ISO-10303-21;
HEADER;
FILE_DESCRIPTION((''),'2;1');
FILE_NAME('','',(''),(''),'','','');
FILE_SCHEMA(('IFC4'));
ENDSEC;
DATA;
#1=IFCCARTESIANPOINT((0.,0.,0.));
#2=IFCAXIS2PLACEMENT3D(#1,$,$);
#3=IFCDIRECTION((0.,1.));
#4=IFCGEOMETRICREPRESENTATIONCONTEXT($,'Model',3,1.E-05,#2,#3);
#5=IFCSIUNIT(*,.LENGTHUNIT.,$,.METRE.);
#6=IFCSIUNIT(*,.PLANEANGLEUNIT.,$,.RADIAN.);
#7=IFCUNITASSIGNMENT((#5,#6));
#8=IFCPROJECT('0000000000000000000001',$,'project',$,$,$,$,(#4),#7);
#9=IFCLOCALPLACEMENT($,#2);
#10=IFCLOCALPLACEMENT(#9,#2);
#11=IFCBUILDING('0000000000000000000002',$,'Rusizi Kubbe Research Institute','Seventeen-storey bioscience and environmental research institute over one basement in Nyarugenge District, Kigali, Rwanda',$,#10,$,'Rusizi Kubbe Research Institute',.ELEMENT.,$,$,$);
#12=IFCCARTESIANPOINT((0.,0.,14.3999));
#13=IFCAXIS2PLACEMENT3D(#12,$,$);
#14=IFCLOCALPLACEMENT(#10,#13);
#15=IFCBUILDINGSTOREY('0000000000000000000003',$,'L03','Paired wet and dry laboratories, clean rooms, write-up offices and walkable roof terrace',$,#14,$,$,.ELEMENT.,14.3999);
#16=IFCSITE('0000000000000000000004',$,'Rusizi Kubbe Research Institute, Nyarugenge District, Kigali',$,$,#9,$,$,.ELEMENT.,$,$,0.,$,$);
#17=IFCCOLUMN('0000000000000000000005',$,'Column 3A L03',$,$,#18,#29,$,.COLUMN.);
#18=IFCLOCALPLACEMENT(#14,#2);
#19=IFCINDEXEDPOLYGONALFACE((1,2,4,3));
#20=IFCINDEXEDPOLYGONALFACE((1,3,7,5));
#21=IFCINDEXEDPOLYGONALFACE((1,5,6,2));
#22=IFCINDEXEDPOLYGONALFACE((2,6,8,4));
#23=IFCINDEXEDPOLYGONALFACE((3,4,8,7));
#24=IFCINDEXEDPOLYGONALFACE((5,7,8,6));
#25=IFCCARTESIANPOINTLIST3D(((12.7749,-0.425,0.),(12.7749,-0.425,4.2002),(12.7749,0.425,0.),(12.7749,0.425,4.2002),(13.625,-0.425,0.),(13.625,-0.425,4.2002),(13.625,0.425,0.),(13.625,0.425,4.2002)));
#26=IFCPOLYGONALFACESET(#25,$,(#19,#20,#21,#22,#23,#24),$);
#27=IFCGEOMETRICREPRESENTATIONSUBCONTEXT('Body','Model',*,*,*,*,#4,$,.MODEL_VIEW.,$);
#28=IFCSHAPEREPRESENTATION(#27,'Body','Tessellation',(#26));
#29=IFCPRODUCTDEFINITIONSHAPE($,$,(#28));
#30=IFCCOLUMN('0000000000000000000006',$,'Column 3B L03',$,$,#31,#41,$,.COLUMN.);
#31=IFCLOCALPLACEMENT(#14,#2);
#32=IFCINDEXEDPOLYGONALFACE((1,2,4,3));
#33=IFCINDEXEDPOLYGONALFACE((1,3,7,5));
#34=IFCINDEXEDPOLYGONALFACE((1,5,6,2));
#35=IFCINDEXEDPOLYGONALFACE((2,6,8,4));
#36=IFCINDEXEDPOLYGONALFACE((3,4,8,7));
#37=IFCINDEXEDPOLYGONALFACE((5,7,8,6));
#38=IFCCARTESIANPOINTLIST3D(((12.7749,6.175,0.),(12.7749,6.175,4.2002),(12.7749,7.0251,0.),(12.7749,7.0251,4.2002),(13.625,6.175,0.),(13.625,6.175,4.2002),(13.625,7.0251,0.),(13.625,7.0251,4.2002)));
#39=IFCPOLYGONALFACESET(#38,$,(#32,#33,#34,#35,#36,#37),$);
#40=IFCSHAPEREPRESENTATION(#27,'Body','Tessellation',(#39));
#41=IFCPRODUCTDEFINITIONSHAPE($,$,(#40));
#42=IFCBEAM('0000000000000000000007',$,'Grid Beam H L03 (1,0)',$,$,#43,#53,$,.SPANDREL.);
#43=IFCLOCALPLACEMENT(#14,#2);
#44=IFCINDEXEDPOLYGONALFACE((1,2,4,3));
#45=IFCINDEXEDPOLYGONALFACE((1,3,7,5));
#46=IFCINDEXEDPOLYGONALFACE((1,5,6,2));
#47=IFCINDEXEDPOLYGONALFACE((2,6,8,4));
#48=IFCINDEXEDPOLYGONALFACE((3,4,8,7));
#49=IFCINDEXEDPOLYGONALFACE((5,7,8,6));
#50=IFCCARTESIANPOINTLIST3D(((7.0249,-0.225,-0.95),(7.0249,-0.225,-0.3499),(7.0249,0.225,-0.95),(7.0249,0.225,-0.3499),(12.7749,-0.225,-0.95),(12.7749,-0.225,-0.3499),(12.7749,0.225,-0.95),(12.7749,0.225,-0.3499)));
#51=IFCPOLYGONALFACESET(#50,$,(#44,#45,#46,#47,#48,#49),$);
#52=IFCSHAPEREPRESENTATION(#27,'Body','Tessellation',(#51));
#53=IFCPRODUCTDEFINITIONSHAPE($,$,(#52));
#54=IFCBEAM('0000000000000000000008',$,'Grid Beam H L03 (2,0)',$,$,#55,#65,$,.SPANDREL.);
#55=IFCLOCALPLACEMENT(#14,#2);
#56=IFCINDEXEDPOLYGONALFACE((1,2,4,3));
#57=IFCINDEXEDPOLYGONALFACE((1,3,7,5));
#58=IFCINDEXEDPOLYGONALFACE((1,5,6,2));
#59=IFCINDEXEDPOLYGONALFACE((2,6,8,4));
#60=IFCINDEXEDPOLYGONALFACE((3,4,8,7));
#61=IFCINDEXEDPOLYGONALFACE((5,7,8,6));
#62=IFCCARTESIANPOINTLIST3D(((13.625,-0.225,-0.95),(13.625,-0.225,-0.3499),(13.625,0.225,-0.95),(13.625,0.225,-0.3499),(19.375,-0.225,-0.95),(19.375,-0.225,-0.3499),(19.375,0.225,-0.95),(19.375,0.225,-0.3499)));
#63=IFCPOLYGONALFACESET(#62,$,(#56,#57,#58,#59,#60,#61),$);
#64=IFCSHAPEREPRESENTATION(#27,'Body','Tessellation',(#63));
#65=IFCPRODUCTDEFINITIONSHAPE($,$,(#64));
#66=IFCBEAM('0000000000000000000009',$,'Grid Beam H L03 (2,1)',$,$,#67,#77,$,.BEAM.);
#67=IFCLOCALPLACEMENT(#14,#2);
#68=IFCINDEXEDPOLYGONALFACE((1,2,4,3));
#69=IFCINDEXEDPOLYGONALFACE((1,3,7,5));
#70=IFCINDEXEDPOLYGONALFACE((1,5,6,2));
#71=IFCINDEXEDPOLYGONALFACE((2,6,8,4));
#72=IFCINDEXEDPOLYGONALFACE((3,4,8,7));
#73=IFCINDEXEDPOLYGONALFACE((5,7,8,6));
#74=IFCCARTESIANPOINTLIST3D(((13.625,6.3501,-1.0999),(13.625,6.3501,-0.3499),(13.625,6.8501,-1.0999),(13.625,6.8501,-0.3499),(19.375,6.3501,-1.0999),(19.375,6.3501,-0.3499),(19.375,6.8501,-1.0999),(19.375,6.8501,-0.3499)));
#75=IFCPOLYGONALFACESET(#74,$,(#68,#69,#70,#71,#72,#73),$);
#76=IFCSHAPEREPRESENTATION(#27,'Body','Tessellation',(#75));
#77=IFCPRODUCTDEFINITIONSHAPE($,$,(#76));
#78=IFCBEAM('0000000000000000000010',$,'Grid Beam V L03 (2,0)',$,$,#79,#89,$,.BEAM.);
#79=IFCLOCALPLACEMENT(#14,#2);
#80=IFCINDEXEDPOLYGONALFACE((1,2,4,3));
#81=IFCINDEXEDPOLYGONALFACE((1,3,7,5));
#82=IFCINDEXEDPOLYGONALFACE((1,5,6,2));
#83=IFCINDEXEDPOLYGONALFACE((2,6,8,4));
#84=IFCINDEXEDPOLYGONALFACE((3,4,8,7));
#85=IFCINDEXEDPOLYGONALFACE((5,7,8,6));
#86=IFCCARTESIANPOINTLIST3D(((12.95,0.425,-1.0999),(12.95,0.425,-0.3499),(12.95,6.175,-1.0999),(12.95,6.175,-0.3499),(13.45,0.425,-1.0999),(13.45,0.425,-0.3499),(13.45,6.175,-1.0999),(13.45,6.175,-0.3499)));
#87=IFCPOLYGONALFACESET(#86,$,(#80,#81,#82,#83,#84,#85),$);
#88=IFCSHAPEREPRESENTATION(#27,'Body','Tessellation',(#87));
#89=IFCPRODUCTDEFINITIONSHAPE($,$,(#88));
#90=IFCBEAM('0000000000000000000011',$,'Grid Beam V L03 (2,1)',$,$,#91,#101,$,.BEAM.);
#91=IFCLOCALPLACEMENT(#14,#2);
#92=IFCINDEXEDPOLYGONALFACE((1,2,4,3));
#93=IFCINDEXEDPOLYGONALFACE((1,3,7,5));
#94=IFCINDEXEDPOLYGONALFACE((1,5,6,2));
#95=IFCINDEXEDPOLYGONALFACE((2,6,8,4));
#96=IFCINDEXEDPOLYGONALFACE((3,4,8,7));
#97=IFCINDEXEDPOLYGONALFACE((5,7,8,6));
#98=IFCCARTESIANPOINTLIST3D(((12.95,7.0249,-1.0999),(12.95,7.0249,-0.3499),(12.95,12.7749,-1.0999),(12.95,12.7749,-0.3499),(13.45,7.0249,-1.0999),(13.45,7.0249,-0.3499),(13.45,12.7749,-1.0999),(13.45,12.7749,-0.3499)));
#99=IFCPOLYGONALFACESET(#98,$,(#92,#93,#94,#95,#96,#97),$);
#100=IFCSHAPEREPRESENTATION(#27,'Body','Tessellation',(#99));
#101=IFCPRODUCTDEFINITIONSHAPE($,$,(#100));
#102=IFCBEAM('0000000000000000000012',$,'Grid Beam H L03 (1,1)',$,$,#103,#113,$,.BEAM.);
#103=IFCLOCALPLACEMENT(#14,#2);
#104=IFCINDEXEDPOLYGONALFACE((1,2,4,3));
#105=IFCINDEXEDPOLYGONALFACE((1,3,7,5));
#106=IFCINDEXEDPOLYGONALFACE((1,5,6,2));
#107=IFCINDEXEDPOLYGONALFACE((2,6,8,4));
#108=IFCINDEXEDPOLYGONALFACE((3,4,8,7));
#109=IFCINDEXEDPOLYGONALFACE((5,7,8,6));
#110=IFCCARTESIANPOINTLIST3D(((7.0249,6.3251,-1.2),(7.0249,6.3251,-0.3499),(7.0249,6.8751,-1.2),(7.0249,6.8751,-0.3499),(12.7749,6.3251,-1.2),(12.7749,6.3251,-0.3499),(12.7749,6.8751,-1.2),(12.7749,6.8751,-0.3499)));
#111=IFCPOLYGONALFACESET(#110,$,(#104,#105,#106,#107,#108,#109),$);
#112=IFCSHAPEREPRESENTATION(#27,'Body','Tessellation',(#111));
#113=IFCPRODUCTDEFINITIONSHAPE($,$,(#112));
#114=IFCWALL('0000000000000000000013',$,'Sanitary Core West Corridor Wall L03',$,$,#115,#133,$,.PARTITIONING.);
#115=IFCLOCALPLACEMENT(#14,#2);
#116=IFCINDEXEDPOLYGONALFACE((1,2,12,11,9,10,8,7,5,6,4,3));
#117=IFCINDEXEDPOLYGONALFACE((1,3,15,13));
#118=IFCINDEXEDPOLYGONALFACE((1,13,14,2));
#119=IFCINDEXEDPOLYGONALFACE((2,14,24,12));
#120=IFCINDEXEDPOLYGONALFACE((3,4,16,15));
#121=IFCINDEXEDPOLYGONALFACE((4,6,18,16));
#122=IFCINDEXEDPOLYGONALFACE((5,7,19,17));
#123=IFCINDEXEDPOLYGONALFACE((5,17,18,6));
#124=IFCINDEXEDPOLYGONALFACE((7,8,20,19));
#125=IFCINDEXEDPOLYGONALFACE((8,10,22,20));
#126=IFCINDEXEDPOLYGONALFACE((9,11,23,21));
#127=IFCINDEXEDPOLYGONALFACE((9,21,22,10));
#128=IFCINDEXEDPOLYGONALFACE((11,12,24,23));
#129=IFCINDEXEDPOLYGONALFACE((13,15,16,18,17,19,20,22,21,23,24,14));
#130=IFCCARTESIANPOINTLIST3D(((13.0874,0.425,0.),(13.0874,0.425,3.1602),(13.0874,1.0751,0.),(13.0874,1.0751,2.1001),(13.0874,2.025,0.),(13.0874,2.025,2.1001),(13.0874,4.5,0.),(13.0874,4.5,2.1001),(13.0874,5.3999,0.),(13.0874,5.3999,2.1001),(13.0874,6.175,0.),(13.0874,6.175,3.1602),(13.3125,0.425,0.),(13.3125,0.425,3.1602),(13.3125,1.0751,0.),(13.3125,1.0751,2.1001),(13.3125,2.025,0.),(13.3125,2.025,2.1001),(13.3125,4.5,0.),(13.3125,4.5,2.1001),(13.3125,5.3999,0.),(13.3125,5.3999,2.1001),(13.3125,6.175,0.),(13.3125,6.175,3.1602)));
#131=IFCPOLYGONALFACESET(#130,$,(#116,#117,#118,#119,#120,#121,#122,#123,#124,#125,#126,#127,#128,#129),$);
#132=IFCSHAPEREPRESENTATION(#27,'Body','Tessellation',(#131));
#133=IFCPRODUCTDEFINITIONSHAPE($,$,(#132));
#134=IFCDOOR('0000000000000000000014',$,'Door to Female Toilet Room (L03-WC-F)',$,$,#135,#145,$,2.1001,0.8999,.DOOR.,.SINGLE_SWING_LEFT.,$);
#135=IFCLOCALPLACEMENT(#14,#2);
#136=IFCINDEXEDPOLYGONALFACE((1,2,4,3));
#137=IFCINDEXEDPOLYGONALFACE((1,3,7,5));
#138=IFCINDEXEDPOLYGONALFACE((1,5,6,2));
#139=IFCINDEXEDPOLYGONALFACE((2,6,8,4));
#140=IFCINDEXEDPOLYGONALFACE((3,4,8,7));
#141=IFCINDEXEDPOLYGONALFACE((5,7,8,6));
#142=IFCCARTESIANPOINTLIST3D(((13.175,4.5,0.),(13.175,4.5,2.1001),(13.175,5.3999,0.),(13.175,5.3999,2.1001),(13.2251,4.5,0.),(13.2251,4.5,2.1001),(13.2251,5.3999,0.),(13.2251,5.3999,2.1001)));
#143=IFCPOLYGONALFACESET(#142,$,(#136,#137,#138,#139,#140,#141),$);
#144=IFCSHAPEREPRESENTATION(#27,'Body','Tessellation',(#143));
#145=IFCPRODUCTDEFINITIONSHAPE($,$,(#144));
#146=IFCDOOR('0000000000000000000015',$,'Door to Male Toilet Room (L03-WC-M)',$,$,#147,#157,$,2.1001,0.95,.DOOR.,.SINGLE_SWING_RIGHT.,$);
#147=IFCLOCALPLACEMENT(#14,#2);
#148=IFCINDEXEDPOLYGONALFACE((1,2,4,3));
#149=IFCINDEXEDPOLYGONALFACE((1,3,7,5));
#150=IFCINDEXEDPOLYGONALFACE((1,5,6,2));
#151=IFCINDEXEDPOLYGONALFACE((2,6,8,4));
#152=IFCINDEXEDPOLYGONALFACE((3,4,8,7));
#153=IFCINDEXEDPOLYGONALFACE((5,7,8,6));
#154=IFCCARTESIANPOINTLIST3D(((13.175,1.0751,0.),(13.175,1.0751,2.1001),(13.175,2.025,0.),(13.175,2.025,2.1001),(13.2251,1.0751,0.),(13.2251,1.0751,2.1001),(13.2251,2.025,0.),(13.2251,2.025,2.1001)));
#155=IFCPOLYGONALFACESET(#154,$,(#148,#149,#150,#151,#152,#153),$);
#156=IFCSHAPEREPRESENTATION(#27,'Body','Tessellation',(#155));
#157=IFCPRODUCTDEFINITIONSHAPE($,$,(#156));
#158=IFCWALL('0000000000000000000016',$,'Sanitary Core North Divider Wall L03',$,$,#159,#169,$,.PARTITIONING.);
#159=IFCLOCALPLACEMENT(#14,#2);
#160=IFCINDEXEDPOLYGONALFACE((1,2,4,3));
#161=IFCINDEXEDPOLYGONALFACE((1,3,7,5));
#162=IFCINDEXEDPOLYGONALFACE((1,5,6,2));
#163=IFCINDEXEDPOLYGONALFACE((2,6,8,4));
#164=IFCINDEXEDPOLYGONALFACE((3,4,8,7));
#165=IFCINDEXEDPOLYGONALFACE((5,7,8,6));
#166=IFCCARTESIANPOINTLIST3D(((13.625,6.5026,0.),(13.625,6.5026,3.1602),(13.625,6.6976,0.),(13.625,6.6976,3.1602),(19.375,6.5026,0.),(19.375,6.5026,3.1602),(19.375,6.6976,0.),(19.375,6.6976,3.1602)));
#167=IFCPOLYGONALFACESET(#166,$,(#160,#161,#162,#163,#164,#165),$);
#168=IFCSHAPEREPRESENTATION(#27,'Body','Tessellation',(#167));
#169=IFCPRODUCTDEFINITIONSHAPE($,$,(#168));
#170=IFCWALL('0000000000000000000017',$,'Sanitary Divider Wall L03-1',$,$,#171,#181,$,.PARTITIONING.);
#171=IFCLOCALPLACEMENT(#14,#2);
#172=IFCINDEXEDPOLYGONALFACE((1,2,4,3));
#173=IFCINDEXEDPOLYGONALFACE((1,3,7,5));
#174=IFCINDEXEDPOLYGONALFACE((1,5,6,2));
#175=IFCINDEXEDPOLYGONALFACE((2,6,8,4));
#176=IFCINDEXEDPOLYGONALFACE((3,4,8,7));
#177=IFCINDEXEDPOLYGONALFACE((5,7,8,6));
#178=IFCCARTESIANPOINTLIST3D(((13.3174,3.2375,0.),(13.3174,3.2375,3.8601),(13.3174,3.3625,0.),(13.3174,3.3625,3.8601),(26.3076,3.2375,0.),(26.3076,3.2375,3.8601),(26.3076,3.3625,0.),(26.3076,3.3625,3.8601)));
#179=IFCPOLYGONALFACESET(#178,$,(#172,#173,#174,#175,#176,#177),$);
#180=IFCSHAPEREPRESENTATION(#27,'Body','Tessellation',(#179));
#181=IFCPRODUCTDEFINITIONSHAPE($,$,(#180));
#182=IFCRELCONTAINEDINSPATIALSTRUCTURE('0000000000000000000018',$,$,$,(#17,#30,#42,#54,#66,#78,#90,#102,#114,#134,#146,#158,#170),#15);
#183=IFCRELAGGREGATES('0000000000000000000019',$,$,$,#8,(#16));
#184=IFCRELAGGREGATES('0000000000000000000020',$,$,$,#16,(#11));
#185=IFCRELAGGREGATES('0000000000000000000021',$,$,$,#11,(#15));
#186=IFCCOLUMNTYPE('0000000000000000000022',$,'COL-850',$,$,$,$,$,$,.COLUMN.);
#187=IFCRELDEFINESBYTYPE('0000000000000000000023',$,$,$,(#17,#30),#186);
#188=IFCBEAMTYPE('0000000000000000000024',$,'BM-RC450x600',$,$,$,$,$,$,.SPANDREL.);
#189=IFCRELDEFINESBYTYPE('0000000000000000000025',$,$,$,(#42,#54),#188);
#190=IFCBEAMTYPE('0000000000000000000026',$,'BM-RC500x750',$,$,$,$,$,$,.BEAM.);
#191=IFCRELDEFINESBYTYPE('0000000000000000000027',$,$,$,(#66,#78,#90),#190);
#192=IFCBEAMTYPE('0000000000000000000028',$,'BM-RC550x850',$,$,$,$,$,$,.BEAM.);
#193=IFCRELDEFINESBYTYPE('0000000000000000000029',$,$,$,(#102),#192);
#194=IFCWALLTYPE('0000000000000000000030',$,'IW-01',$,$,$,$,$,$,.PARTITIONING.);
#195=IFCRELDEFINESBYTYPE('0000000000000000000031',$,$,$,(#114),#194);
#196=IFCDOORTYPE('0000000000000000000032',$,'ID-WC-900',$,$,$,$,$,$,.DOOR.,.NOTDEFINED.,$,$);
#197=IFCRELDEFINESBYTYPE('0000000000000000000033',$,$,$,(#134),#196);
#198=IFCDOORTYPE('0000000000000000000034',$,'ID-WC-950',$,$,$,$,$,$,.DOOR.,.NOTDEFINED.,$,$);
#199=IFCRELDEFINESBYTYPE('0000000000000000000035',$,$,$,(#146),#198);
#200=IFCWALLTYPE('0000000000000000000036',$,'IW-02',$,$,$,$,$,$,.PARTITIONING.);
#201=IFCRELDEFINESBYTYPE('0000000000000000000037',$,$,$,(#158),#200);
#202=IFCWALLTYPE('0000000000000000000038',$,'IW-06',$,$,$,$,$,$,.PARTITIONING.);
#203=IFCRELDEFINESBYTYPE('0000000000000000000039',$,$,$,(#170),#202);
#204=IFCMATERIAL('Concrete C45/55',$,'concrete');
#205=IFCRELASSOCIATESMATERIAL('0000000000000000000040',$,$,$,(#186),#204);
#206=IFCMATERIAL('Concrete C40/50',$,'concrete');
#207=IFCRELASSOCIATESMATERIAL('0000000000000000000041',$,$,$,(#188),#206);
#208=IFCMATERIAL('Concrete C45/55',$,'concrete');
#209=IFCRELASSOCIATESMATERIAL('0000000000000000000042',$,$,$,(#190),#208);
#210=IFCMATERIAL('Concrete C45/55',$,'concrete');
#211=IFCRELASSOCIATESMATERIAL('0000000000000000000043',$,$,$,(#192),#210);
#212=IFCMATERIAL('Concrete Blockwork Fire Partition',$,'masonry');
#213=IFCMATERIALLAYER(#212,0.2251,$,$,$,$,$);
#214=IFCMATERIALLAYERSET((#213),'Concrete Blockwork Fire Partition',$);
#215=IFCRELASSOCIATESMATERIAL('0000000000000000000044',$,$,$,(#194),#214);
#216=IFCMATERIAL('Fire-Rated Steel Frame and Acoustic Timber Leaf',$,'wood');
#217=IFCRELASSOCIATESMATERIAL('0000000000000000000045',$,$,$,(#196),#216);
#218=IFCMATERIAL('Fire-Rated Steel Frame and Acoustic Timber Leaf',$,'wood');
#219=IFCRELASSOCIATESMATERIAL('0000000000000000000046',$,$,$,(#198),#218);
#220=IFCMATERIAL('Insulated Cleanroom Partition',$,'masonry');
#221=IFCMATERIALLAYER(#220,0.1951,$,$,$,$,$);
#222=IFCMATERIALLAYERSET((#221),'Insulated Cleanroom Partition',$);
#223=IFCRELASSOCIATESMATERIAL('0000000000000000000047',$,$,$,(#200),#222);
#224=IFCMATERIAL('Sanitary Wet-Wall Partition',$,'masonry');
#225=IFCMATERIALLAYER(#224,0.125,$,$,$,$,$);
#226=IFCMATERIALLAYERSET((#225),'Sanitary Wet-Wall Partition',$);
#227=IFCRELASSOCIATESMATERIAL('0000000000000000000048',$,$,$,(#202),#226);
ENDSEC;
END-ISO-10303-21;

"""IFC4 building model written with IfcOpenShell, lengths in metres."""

from ifc_helpers import new_model, si_unit, direction, frame, frame_2d, origin, origin_2d, place, context, subcontext, project, spatial, rectangle, extrude, material, layer, layer_set, material_profile, profile_set, type_object, element, fill, save


model = new_model("IFC4")

# Units and contexts
model_context = context("Model", 3, precision=1e-05, world=origin(), true_north=direction((0.0, 1.0)))
body_context = subcontext(model_context, "Body", "Model", "MODEL_VIEW")
ifc_project = project(units=[si_unit("LENGTHUNIT", "METRE"), si_unit("PLANEANGLEUNIT", "RADIAN")], contexts=[model_context])

# Site, building, storey
site_placement = place(None, origin())
site = spatial("IfcSite", under=ifc_project, at=site_placement, Name="Rusizi Kubbe Research Institute, Nyarugenge District, Kigali", CompositionType="ELEMENT", RefElevation=0.0)
building_placement = place(site_placement, origin())
building = spatial("IfcBuilding", under=site, at=building_placement, Name="Rusizi Kubbe Research Institute", Description="Seventeen-storey bioscience and environmental research institute over one basement in Nyarugenge District, Kigali, Rwanda", LongName="Rusizi Kubbe Research Institute", CompositionType="ELEMENT")
storey_placement = place(building_placement, frame((0.0, 0.0, 14.3999)))
storey = spatial("IfcBuildingStorey", under=building, at=storey_placement, Name="L03", Description="Paired wet and dry laboratories, clean rooms, write-up offices and walkable roof terrace", CompositionType="ELEMENT", Elevation=14.3999)

# Columns
ifc_material_1 = material(Name="Concrete C45/55", Category="concrete")
ifc_material_profile_1 = material_profile(ifc_material_1, rectangle(XDim=0.8501, YDim=0.8501, at=origin_2d()), Name="RC850x850")
ifc_profile_set_1 = profile_set([ifc_material_profile_1], Name="Concrete C45/55")
column_type = type_object("IfcColumnType", Name="COL-850", PredefinedType="COLUMN", material=ifc_profile_set_1)
for number, where, z_axis, x_axis, name in (
    (1, (13.2, 0.0, 0.0), (0.0, 0.0, 1.0), (1.0, 0.0, 0.0), "Column 3A L03"),
    (2, (13.2, 6.6001, 0.0), (0.0, 0.0, 1.0), (1.0, 0.0, 0.0), "Column 3B L03"),
):
    element("IfcColumn", number, at=place(storey_placement, frame(where, z_axis=z_axis, x_axis=x_axis)), inside=storey, type_object=column_type, Name=name, PredefinedType="COLUMN", context=body_context, shape_type="SweptSolid", body=[
        extrude(rectangle(XDim=0.8501, YDim=0.8501, at=origin_2d()), origin(), (0.0, 0.0, 1.0), 4.2002),
    ])

# Beams
ifc_material_2 = material(Name="Concrete C40/50", Category="concrete")
ifc_material_profile_2 = material_profile(ifc_material_2, rectangle(XDim=0.45, YDim=0.6001, at=origin_2d()), Name="RC450x600")
ifc_profile_set_2 = profile_set([ifc_material_profile_2], Name="Concrete C40/50")
beam_type_1 = type_object("IfcBeamType", Name="BM-RC450x600", PredefinedType="SPANDREL", material=ifc_profile_set_2)
for number, where, z_axis, x_axis, name in (
    (3, (7.0249, 0.0, -0.6499), (1.0, 0.0, 0.0), (0.0, 1.0, 0.0), "Grid Beam H L03 (1,0)"),
    (4, (13.625, 0.0, -0.6499), (1.0, 0.0, 0.0), (0.0, 1.0, 0.0), "Grid Beam H L03 (2,0)"),
):
    element("IfcBeam", number, at=place(storey_placement, frame(where, z_axis=z_axis, x_axis=x_axis)), inside=storey, type_object=beam_type_1, Name=name, PredefinedType="SPANDREL", context=body_context, shape_type="SweptSolid", body=[
        extrude(rectangle(XDim=0.45, YDim=0.6001, at=origin_2d()), origin(), (0.0, 0.0, 1.0), 5.75),
    ])
ifc_material_3 = material(Name="Concrete C45/55", Category="concrete")
ifc_material_profile_3 = material_profile(ifc_material_3, rectangle(XDim=0.5, YDim=0.75, at=origin_2d()), Name="RC500x750B")
ifc_profile_set_3 = profile_set([ifc_material_profile_3], Name="Concrete C45/55")
beam_type_2 = type_object("IfcBeamType", Name="BM-RC500x750", PredefinedType="BEAM", material=ifc_profile_set_3)
for number, where, z_axis, x_axis, name in (
    (5, (13.625, 6.6001, -0.7249), (1.0, 0.0, 0.0), (0.0, 1.0, 0.0), "Grid Beam H L03 (2,1)"),
    (6, (13.2, 0.425, -0.7249), (0.0, 1.0, 0.0), (-1.0, 0.0, 0.0), "Grid Beam V L03 (2,0)"),
    (7, (13.2, 7.0249, -0.7249), (0.0, 1.0, 0.0), (-1.0, 0.0, 0.0), "Grid Beam V L03 (2,1)"),
):
    element("IfcBeam", number, at=place(storey_placement, frame(where, z_axis=z_axis, x_axis=x_axis)), inside=storey, type_object=beam_type_2, Name=name, PredefinedType="BEAM", context=body_context, shape_type="SweptSolid", body=[
        extrude(rectangle(XDim=0.5, YDim=0.75, at=origin_2d()), origin(), (0.0, 0.0, 1.0), 5.75),
    ])
ifc_material_4 = material(Name="Concrete C45/55", Category="concrete")
ifc_material_profile_4 = material_profile(ifc_material_4, rectangle(XDim=0.55, YDim=0.8501, at=origin_2d()), Name="RC550x850")
ifc_profile_set_4 = profile_set([ifc_material_profile_4], Name="Concrete C45/55")
beam_type_3 = type_object("IfcBeamType", Name="BM-RC550x850", PredefinedType="BEAM", material=ifc_profile_set_4)
beam_placement = place(storey_placement, frame((7.0249, 6.6001, -0.7749), z_axis=(1.0, 0.0, 0.0), x_axis=(0.0, 1.0, 0.0)))
element("IfcBeam", 8, at=beam_placement, inside=storey, type_object=beam_type_3, Name="Grid Beam H L03 (1,1)", PredefinedType="BEAM", context=body_context, shape_type="SweptSolid", body=[
    extrude(rectangle(XDim=0.55, YDim=0.8501, at=origin_2d()), origin(), (0.0, 0.0, 1.0), 5.75),
])

# Wall, openings, doors
ifc_material_5 = material(Name="Concrete Blockwork Fire Partition", Category="masonry")
ifc_layer_1 = layer(ifc_material_5, 0.2251)
ifc_layer_set_1 = layer_set([ifc_layer_1], Name="Concrete Blockwork Fire Partition")
wall_type_1 = type_object("IfcWallType", Name="IW-01", PredefinedType="PARTITIONING", material=ifc_layer_set_1)
wall_1_placement = place(storey_placement, frame((13.2, 0.425, 0.0), z_axis=(0.0, 0.0, 1.0), x_axis=(0.0, 1.0, 0.0)))
wall_1 = element("IfcWall", 9, at=wall_1_placement, inside=storey, type_object=wall_type_1, Name="Sanitary Core West Corridor Wall L03", PredefinedType="PARTITIONING", context=body_context, shape_type="SweptSolid", body=[
    extrude(rectangle(XDim=5.75, YDim=0.2251, at=frame_2d((2.875, 0.0))), origin(), (0.0, 0.0, 1.0), 3.1602),
])
opening_1_placement = place(wall_1_placement, frame((0.6499, 0.0, 0.0)))
opening_1 = element("IfcOpeningElement", 10, at=opening_1_placement, cuts=wall_1, PredefinedType="OPENING", context=body_context, shape_type="SweptSolid", body=[
    extrude(rectangle(XDim=0.95, YDim=2.1001, at=frame_2d((0.4751, 1.05))), frame((0.0, 0.1226, 0.0), z_axis=(0.0, -1.0, 0.0), x_axis=(1.0, 0.0, 0.0)), (0.0, 0.0, 1.0), 0.2451),
])
opening_2_placement = place(wall_1_placement, frame((4.075, 0.0, 0.0)))
opening_2 = element("IfcOpeningElement", 11, at=opening_2_placement, cuts=wall_1, PredefinedType="OPENING", context=body_context, shape_type="SweptSolid", body=[
    extrude(rectangle(XDim=0.8999, YDim=2.1001, at=frame_2d((0.45, 1.05))), frame((0.0, 0.1226, 0.0), z_axis=(0.0, -1.0, 0.0), x_axis=(1.0, 0.0, 0.0)), (0.0, 0.0, 1.0), 0.2451),
])
ifc_material_6 = material(Name="Fire-Rated Steel Frame and Acoustic Timber Leaf", Category="wood")
door_type_1 = type_object("IfcDoorType", Name="ID-WC-900", OperationType="NOTDEFINED", PredefinedType="DOOR", material=ifc_material_6)
door_1_placement = place(opening_2_placement, origin())
door_1 = element("IfcDoor", 12, at=door_1_placement, inside=storey, type_object=door_type_1, Name="Door to Female Toilet Room (L03-WC-F)", OperationType="SINGLE_SWING_LEFT", OverallHeight=2.1001, OverallWidth=0.8999, PredefinedType="DOOR", context=body_context, shape_type="SweptSolid", body=[
    extrude(rectangle(XDim=0.8999, YDim=2.1001, at=frame_2d((0.45, 1.05))), frame((0.0, 0.0249, 0.0), z_axis=(0.0, -1.0, 0.0), x_axis=(1.0, 0.0, 0.0)), (0.0, 0.0, 1.0), 0.05),
])
fill(opening_2, door_1)
ifc_material_7 = material(Name="Fire-Rated Steel Frame and Acoustic Timber Leaf", Category="wood")
door_type_2 = type_object("IfcDoorType", Name="ID-WC-950", OperationType="NOTDEFINED", PredefinedType="DOOR", material=ifc_material_7)
door_2_placement = place(opening_1_placement, origin())
door_2 = element("IfcDoor", 13, at=door_2_placement, inside=storey, type_object=door_type_2, Name="Door to Male Toilet Room (L03-WC-M)", OperationType="SINGLE_SWING_RIGHT", OverallHeight=2.1001, OverallWidth=0.95, PredefinedType="DOOR", context=body_context, shape_type="SweptSolid", body=[
    extrude(rectangle(XDim=0.95, YDim=2.1001, at=frame_2d((0.4751, 1.05))), frame((0.0, 0.0249, 0.0), z_axis=(0.0, -1.0, 0.0), x_axis=(1.0, 0.0, 0.0)), (0.0, 0.0, 1.0), 0.05),
])
fill(opening_1, door_2)

# Wall
ifc_material_8 = material(Name="Insulated Cleanroom Partition", Category="masonry")
ifc_layer_2 = layer(ifc_material_8, 0.1951)
ifc_layer_set_2 = layer_set([ifc_layer_2], Name="Insulated Cleanroom Partition")
wall_type_2 = type_object("IfcWallType", Name="IW-02", PredefinedType="PARTITIONING", material=ifc_layer_set_2)
wall_2_placement = place(storey_placement, frame((13.625, 6.6001, 0.0), z_axis=(0.0, 0.0, 1.0), x_axis=(1.0, 0.0, 0.0)))
element("IfcWall", 14, at=wall_2_placement, inside=storey, type_object=wall_type_2, Name="Sanitary Core North Divider Wall L03", PredefinedType="PARTITIONING", context=body_context, shape_type="SweptSolid", body=[
    extrude(rectangle(XDim=5.75, YDim=0.1951, at=frame_2d((2.875, 0.0))), origin(), (0.0, 0.0, 1.0), 3.1602),
])

# Wall
ifc_material_9 = material(Name="Sanitary Wet-Wall Partition", Category="masonry")
ifc_layer_3 = layer(ifc_material_9, 0.125)
ifc_layer_set_3 = layer_set([ifc_layer_3], Name="Sanitary Wet-Wall Partition")
wall_type_3 = type_object("IfcWallType", Name="IW-06", PredefinedType="PARTITIONING", material=ifc_layer_set_3)
wall_3_placement = place(storey_placement, frame((13.3174, 3.3, 0.0), z_axis=(0.0, 0.0, 1.0), x_axis=(1.0, 0.0, 0.0)))
element("IfcWall", 15, at=wall_3_placement, inside=storey, type_object=wall_type_3, Name="Sanitary Divider Wall L03-1", PredefinedType="PARTITIONING", context=body_context, shape_type="SweptSolid", body=[
    extrude(rectangle(XDim=12.9902, YDim=0.125, at=frame_2d((6.4951, 0.0))), origin(), (0.0, 0.0, 1.0), 3.8601),
])

save(model, "model.ifc")
